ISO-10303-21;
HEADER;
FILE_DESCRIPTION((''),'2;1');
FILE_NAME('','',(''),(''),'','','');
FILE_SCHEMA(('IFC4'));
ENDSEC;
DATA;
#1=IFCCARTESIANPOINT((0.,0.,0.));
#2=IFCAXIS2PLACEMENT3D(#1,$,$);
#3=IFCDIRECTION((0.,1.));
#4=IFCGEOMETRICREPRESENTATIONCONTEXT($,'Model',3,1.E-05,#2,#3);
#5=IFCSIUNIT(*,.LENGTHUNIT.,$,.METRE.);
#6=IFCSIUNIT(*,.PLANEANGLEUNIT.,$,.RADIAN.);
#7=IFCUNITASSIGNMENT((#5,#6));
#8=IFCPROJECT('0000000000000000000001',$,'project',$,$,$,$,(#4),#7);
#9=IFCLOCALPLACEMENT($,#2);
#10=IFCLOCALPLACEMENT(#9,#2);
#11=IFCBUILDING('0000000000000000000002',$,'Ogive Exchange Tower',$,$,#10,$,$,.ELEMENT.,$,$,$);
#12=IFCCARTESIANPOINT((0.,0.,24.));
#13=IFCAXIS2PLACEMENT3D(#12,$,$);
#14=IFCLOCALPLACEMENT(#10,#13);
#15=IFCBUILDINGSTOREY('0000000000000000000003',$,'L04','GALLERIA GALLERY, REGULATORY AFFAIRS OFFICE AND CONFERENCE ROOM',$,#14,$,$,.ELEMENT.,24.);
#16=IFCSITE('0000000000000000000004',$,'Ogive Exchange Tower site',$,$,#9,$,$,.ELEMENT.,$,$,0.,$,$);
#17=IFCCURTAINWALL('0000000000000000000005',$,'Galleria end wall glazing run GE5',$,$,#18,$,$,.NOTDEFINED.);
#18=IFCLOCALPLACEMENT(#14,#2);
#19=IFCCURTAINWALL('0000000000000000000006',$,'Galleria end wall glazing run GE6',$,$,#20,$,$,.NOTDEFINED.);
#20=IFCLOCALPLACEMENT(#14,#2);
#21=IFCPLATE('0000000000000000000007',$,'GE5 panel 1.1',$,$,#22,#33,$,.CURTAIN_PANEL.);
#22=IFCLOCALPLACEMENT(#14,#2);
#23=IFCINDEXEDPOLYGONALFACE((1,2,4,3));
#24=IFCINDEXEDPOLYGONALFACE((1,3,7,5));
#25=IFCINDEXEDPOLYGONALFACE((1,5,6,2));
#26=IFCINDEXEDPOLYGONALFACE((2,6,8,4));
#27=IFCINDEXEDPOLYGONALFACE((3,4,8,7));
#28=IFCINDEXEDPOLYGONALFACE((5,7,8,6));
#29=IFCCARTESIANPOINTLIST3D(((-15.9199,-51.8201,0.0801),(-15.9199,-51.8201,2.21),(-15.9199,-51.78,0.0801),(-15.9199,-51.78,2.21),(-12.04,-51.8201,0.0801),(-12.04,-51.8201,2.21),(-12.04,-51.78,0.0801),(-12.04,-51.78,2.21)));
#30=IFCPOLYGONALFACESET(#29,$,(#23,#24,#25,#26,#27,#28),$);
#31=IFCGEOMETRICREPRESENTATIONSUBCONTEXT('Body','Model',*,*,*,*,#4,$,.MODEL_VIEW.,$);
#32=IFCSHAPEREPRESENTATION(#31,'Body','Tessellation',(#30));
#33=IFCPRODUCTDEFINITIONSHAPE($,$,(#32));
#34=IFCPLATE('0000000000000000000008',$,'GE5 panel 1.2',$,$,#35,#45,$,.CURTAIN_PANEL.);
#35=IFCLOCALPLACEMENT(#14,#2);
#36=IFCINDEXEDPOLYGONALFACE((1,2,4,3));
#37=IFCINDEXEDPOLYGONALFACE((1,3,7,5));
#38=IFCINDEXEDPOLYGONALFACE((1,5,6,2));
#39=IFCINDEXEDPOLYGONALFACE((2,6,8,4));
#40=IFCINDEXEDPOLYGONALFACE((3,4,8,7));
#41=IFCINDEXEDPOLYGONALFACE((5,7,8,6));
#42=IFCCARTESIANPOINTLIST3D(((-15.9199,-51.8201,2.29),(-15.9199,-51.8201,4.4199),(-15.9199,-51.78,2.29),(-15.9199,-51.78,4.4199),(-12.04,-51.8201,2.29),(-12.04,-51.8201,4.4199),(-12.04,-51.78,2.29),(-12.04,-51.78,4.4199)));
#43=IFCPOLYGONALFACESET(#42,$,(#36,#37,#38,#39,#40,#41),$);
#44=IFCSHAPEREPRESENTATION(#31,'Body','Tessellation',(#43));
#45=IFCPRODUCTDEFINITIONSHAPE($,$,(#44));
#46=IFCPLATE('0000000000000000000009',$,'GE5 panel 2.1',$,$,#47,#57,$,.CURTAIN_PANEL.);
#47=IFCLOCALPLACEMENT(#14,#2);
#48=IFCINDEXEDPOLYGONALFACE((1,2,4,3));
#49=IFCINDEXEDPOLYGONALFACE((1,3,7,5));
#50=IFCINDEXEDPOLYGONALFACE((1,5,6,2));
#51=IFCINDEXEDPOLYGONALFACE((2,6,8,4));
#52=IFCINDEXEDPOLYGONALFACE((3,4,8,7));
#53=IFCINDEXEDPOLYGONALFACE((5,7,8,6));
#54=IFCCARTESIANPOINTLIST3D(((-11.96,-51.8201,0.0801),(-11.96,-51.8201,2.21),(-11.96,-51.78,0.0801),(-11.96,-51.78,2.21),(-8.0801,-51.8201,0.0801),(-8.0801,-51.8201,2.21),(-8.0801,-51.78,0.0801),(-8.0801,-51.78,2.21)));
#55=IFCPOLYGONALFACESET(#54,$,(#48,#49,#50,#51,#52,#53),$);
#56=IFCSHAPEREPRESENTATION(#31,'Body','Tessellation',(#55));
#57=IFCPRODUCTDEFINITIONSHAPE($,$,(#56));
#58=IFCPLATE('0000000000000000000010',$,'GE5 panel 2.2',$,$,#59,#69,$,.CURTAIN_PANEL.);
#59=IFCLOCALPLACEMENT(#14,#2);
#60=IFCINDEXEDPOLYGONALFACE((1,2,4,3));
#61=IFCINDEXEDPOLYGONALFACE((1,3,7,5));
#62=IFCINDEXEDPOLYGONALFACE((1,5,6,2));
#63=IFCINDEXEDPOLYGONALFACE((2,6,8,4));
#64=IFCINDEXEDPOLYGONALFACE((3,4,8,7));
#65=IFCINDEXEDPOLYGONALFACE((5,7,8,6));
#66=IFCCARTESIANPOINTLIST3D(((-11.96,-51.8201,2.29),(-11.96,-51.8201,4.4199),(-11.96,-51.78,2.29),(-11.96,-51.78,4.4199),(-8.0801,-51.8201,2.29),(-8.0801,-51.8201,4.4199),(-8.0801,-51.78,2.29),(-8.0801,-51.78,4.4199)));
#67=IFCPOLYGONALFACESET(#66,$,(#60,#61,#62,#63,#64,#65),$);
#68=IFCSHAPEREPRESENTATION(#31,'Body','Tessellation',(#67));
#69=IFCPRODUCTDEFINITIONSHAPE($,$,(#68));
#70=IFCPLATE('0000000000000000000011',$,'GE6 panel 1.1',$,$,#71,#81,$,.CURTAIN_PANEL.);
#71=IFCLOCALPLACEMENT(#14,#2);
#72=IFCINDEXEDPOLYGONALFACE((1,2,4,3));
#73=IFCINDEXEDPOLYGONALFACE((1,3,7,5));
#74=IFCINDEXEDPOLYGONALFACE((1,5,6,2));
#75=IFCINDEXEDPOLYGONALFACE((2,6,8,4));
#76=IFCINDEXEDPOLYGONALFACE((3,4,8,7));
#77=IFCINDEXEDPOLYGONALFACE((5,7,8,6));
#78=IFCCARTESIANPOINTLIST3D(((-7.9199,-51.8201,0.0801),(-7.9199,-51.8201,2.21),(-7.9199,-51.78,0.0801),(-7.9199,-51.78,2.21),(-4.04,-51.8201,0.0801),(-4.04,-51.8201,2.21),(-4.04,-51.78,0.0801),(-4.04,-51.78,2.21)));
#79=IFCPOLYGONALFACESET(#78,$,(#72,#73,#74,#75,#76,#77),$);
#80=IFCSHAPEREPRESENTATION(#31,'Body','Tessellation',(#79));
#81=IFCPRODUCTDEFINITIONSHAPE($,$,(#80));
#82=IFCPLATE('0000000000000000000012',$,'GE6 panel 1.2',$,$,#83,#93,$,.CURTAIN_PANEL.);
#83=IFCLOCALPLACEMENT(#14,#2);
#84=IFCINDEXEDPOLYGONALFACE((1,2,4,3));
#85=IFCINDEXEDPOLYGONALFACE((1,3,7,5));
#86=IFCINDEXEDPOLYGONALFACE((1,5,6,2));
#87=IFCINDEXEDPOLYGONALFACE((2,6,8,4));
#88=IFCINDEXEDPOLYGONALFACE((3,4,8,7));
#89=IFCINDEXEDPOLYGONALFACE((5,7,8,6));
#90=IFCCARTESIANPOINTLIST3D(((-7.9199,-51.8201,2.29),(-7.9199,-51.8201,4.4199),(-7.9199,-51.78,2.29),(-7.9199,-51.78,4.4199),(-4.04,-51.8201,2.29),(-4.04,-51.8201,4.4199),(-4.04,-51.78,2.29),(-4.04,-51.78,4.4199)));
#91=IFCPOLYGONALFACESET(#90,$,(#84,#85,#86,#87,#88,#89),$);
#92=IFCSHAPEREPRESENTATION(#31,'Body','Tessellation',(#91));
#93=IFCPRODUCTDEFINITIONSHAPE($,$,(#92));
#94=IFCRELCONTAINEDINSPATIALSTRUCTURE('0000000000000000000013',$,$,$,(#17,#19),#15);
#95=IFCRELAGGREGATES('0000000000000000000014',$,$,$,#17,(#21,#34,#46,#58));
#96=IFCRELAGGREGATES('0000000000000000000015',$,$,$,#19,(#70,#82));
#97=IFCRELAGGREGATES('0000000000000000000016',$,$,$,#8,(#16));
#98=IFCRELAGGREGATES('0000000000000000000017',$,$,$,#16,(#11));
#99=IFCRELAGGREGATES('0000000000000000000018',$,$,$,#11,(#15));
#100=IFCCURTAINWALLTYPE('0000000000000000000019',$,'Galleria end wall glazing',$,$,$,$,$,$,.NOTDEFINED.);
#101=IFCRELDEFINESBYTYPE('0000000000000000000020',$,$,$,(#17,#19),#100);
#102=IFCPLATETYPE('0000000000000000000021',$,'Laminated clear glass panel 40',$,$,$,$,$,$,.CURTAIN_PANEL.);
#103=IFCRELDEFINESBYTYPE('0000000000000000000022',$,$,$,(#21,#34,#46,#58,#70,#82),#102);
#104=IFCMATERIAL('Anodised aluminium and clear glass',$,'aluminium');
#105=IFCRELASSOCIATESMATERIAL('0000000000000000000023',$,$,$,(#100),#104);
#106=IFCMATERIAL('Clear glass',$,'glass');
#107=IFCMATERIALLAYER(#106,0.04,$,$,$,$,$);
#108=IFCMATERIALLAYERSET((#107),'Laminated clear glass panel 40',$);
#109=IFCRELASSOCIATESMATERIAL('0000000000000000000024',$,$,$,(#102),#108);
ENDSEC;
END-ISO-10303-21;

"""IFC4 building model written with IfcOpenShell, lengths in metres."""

from ifc_helpers import new_model, si_unit, direction, frame, origin, origin_2d, place, context, subcontext, project, spatial, rectangle, extrude, material, layer, layer_set, type_object, element, aggregate, save


model = new_model("IFC4")

# Units and contexts
model_context = context("Model", 3, precision=1e-05, world=origin(), true_north=direction((0.0, 1.0)))
body_context = subcontext(model_context, "Body", "Model", "MODEL_VIEW")
ifc_project = project(units=[si_unit("LENGTHUNIT", "METRE"), si_unit("PLANEANGLEUNIT", "RADIAN")], contexts=[model_context])

# Site, building, storey
site_placement = place(None, origin())
site = spatial("IfcSite", under=ifc_project, at=site_placement, Name="Ogive Exchange Tower site", CompositionType="ELEMENT", RefElevation=0.0)
building_placement = place(site_placement, origin())
building = spatial("IfcBuilding", under=site, at=building_placement, Name="Ogive Exchange Tower", CompositionType="ELEMENT")
storey_placement = place(building_placement, frame((0.0, 0.0, 24.0)))
storey = spatial("IfcBuildingStorey", under=building, at=storey_placement, Name="L04", Description="GALLERIA GALLERY, REGULATORY AFFAIRS OFFICE AND CONFERENCE ROOM", CompositionType="ELEMENT", Elevation=24.0)

# Curtain walls
ifc_material_1 = material(Name="Anodised aluminium and clear glass", Category="aluminium")
curtain_wall_type = type_object("IfcCurtainWallType", Name="Galleria end wall glazing", PredefinedType="NOTDEFINED", material=ifc_material_1)
curtain_wall_1_placement = place(storey_placement, origin())
curtain_wall_1 = element("IfcCurtainWall", 1, at=curtain_wall_1_placement, inside=storey, type_object=curtain_wall_type, Name="Galleria end wall glazing run GE5", PredefinedType="NOTDEFINED")
curtain_wall_2_placement = place(storey_placement, origin())
curtain_wall_2 = element("IfcCurtainWall", 2, at=curtain_wall_2_placement, inside=storey, type_object=curtain_wall_type, Name="Galleria end wall glazing run GE6", PredefinedType="NOTDEFINED")

# Plates
ifc_material_2 = material(Name="Clear glass", Category="glass")
ifc_layer = layer(ifc_material_2, 0.04)
ifc_layer_set = layer_set([ifc_layer], Name="Laminated clear glass panel 40")
plate_type = type_object("IfcPlateType", Name="Laminated clear glass panel 40", PredefinedType="CURTAIN_PANEL", material=ifc_layer_set)
plate_1_placement = place(storey_placement, frame((-13.98, -51.8, 0.0801), z_axis=(0.0, 0.0, 1.0), x_axis=(1.0, 0.0, 0.0)))
plate_1 = element("IfcPlate", 3, at=plate_1_placement, type_object=plate_type, Name="GE5 panel 1.1", PredefinedType="CURTAIN_PANEL", context=body_context, shape_type="SweptSolid", body=[
    extrude(rectangle(XDim=3.8799, YDim=0.04, at=origin_2d()), origin(), (0.0, 0.0, 1.0), 2.1299),
])
plate_2_placement = place(storey_placement, frame((-13.98, -51.8, 2.29), z_axis=(0.0, 0.0, 1.0), x_axis=(1.0, 0.0, 0.0)))
plate_2 = element("IfcPlate", 4, at=plate_2_placement, type_object=plate_type, Name="GE5 panel 1.2", PredefinedType="CURTAIN_PANEL", context=body_context, shape_type="SweptSolid", body=[
    extrude(rectangle(XDim=3.8799, YDim=0.04, at=origin_2d()), origin(), (0.0, 0.0, 1.0), 2.1299),
])
plate_3_placement = place(storey_placement, frame((-10.02, -51.8, 0.0801), z_axis=(0.0, 0.0, 1.0), x_axis=(1.0, 0.0, 0.0)))
plate_3 = element("IfcPlate", 5, at=plate_3_placement, type_object=plate_type, Name="GE5 panel 2.1", PredefinedType="CURTAIN_PANEL", context=body_context, shape_type="SweptSolid", body=[
    extrude(rectangle(XDim=3.8799, YDim=0.04, at=origin_2d()), origin(), (0.0, 0.0, 1.0), 2.1299),
])
plate_4_placement = place(storey_placement, frame((-10.02, -51.8, 2.29), z_axis=(0.0, 0.0, 1.0), x_axis=(1.0, 0.0, 0.0)))
plate_4 = element("IfcPlate", 6, at=plate_4_placement, type_object=plate_type, Name="GE5 panel 2.2", PredefinedType="CURTAIN_PANEL", context=body_context, shape_type="SweptSolid", body=[
    extrude(rectangle(XDim=3.8799, YDim=0.04, at=origin_2d()), origin(), (0.0, 0.0, 1.0), 2.1299),
])
aggregate(curtain_wall_1, [plate_1, plate_2, plate_3, plate_4])
plate_5_placement = place(storey_placement, frame((-5.98, -51.8, 0.0801), z_axis=(0.0, 0.0, 1.0), x_axis=(1.0, 0.0, 0.0)))
plate_5 = element("IfcPlate", 7, at=plate_5_placement, type_object=plate_type, Name="GE6 panel 1.1", PredefinedType="CURTAIN_PANEL", context=body_context, shape_type="SweptSolid", body=[
    extrude(rectangle(XDim=3.8799, YDim=0.04, at=origin_2d()), origin(), (0.0, 0.0, 1.0), 2.1299),
])
plate_6_placement = place(storey_placement, frame((-5.98, -51.8, 2.29), z_axis=(0.0, 0.0, 1.0), x_axis=(1.0, 0.0, 0.0)))
plate_6 = element("IfcPlate", 8, at=plate_6_placement, type_object=plate_type, Name="GE6 panel 1.2", PredefinedType="CURTAIN_PANEL", context=body_context, shape_type="SweptSolid", body=[
    extrude(rectangle(XDim=3.8799, YDim=0.04, at=origin_2d()), origin(), (0.0, 0.0, 1.0), 2.1299),
])
aggregate(curtain_wall_2, [plate_5, plate_6])

save(model, "model.ifc")
